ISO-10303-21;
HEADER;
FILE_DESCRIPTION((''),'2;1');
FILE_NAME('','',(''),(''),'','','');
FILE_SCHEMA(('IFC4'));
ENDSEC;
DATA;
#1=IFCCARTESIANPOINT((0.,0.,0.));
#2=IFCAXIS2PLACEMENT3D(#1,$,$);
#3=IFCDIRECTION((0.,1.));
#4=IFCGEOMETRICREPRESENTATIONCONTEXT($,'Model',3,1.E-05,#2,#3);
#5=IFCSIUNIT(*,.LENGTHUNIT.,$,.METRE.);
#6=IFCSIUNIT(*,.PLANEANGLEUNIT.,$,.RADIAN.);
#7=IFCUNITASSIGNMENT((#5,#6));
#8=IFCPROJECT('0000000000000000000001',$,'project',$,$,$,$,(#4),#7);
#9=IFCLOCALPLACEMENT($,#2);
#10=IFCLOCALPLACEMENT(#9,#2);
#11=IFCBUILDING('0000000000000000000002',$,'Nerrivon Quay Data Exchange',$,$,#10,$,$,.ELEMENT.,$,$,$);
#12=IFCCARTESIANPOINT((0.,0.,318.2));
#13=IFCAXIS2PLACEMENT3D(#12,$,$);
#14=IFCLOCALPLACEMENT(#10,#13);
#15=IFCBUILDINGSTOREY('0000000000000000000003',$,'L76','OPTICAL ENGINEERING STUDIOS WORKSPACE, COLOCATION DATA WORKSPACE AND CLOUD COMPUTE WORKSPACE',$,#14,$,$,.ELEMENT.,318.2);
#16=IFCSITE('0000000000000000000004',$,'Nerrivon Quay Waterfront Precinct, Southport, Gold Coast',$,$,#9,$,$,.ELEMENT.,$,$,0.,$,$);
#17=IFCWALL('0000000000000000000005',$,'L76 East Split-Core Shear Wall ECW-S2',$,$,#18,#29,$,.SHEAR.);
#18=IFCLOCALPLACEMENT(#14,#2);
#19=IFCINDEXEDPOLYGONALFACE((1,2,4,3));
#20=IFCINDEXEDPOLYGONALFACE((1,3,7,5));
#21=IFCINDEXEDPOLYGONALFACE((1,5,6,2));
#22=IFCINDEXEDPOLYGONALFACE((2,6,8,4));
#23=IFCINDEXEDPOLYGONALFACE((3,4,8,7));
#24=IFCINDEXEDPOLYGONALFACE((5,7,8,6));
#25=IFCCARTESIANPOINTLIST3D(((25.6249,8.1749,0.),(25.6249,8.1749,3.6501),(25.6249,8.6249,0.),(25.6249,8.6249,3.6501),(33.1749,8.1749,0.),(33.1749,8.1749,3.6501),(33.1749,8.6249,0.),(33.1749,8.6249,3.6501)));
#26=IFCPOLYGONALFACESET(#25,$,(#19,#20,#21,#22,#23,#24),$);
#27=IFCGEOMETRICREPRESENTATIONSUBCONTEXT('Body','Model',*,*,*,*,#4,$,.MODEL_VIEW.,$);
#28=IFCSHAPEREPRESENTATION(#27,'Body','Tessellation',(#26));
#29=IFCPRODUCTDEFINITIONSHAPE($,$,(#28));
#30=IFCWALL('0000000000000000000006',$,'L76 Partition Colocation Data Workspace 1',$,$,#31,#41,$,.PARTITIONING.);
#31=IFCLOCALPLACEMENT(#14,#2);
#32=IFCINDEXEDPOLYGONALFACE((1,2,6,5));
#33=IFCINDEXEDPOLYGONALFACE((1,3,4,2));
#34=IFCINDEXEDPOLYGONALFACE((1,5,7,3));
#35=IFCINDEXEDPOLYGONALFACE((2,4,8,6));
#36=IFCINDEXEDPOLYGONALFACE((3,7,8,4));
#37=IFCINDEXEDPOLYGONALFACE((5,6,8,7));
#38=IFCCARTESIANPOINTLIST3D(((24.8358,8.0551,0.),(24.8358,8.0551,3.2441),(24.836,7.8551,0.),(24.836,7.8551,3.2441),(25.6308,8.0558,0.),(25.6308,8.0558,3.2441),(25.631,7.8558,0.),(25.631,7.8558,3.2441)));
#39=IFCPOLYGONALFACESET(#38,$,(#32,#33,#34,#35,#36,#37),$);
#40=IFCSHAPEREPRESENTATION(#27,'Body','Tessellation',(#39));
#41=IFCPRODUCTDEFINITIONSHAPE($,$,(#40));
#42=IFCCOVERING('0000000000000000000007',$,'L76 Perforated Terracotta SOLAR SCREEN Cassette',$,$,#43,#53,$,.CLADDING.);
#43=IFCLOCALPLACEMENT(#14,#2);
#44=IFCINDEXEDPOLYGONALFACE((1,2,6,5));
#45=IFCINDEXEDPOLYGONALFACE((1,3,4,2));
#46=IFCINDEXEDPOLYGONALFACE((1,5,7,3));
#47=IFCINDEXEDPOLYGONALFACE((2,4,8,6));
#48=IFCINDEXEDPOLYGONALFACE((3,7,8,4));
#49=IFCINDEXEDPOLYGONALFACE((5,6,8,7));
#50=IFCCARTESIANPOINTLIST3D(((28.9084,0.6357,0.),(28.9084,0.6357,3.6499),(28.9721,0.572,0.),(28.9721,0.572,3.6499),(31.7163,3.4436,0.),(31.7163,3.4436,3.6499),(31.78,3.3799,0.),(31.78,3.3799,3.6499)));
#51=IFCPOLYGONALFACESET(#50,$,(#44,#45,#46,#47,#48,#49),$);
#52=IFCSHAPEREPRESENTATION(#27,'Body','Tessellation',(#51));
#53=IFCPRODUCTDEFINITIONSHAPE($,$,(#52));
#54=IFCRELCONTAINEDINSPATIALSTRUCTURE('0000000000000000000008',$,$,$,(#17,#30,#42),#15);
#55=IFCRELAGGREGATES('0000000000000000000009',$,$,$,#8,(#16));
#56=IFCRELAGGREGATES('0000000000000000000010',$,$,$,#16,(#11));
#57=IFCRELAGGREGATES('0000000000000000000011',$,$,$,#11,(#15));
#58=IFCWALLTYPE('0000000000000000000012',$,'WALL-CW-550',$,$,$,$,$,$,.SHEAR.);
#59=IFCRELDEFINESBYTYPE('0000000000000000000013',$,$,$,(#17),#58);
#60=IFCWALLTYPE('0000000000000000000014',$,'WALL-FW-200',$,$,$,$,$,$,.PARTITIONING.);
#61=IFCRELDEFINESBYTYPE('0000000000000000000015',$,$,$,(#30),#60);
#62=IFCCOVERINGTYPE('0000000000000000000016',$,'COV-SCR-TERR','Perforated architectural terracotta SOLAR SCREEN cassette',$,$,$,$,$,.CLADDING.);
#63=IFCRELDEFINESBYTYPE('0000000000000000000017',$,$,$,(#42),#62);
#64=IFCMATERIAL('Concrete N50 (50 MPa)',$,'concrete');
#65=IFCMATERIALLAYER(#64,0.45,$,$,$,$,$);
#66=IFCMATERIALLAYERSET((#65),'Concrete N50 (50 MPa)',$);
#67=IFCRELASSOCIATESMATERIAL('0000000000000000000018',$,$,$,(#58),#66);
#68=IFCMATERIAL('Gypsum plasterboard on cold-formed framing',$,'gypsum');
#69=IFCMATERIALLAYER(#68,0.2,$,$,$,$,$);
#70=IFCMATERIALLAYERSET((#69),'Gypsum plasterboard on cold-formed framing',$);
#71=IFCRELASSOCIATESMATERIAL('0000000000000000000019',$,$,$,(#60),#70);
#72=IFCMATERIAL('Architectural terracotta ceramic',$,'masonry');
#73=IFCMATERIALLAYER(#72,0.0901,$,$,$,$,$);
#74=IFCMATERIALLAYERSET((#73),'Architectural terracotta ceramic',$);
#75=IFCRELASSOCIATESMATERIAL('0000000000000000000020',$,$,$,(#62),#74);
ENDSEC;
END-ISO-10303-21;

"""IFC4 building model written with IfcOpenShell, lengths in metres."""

from ifc_helpers import new_model, si_unit, direction, frame, frame_2d, origin, origin_2d, place, context, subcontext, project, spatial, rectangle, extrude, material, layer, layer_set, type_object, element, save


model = new_model("IFC4")

# Units and contexts
model_context = context("Model", 3, precision=1e-05, world=origin(), true_north=direction((0.0, 1.0)))
body_context = subcontext(model_context, "Body", "Model", "MODEL_VIEW")
ifc_project = project(units=[si_unit("LENGTHUNIT", "METRE"), si_unit("PLANEANGLEUNIT", "RADIAN")], contexts=[model_context])

# Site, building, storey
site_placement = place(None, origin())
site = spatial("IfcSite", under=ifc_project, at=site_placement, Name="Nerrivon Quay Waterfront Precinct, Southport, Gold Coast", CompositionType="ELEMENT", RefElevation=0.0)
building_placement = place(site_placement, origin())
building = spatial("IfcBuilding", under=site, at=building_placement, Name="Nerrivon Quay Data Exchange", CompositionType="ELEMENT")
storey_placement = place(building_placement, frame((0.0, 0.0, 318.2)))
storey = spatial("IfcBuildingStorey", under=building, at=storey_placement, Name="L76", Description="OPTICAL ENGINEERING STUDIOS WORKSPACE, COLOCATION DATA WORKSPACE AND CLOUD COMPUTE WORKSPACE", CompositionType="ELEMENT", Elevation=318.2)

# Shared definitions
ifc_material_1 = material(Name="Concrete N50 (50 MPa)", Category="concrete")

# Walls
ifc_layer_1 = layer(ifc_material_1, 0.45)
ifc_layer_set_1 = layer_set([ifc_layer_1], Name="Concrete N50 (50 MPa)")
wall_type_1 = type_object("IfcWallType", Name="WALL-CW-550", PredefinedType="SHEAR", material=ifc_layer_set_1)
wall_1_placement = place(storey_placement, frame((25.625, 8.3999, 0.0), z_axis=(0.0, 0.0, 1.0), x_axis=(1.0, 0.0, 0.0)))
element("IfcWall", 1, at=wall_1_placement, inside=storey, type_object=wall_type_1, Name="L76 East Split-Core Shear Wall ECW-S2", PredefinedType="SHEAR", context=body_context, shape_type="SweptSolid", body=[
    extrude(rectangle(XDim=7.55, YDim=0.45, at=frame_2d((3.7749, 0.0))), origin(), (0.0, 0.0, 1.0), 3.6501),
])
ifc_material_2 = material(Name="Gypsum plasterboard on cold-formed framing", Category="gypsum")
ifc_layer_2 = layer(ifc_material_2, 0.2)
ifc_layer_set_2 = layer_set([ifc_layer_2], Name="Gypsum plasterboard on cold-formed framing")
wall_type_2 = type_object("IfcWallType", Name="WALL-FW-200", PredefinedType="PARTITIONING", material=ifc_layer_set_2)
wall_2_placement = place(storey_placement, frame((25.6309, 7.9558, 0.0), z_axis=(0.0, 0.0, 1.0), x_axis=(-1.0, -0.000921, 0.0)))
element("IfcWall", 2, at=wall_2_placement, inside=storey, type_object=wall_type_2, Name="L76 Partition Colocation Data Workspace 1", PredefinedType="PARTITIONING", context=body_context, shape_type="SweptSolid", body=[
    extrude(rectangle(XDim=0.7949, YDim=0.2, at=frame_2d((0.3975, 0.0))), origin(), (0.0, 0.0, 1.0), 3.2441),
])

# Covering
ifc_material_3 = material(Name="Architectural terracotta ceramic", Category="masonry")
ifc_layer_3 = layer(ifc_material_3, 0.0901)
ifc_layer_set_3 = layer_set([ifc_layer_3], Name="Architectural terracotta ceramic")
covering_type = type_object("IfcCoveringType", Name="COV-SCR-TERR", Description="Perforated architectural terracotta SOLAR SCREEN cassette", PredefinedType="CLADDING", material=ifc_layer_set_3)
covering_placement = place(storey_placement, frame((30.3442, 2.0078, 0.0), z_axis=(0.0, 0.0, 1.0), x_axis=(-0.707107, -0.707107, 0.0)))
element("IfcCovering", 3, at=covering_placement, inside=storey, type_object=covering_type, Name="L76 Perforated Terracotta SOLAR SCREEN Cassette", PredefinedType="CLADDING", context=body_context, shape_type="SweptSolid", body=[
    extrude(rectangle(XDim=3.9709, YDim=0.0901, at=origin_2d()), origin(), (0.0, 0.0, 1.0), 3.6499),
])

save(model, "model.ifc")
